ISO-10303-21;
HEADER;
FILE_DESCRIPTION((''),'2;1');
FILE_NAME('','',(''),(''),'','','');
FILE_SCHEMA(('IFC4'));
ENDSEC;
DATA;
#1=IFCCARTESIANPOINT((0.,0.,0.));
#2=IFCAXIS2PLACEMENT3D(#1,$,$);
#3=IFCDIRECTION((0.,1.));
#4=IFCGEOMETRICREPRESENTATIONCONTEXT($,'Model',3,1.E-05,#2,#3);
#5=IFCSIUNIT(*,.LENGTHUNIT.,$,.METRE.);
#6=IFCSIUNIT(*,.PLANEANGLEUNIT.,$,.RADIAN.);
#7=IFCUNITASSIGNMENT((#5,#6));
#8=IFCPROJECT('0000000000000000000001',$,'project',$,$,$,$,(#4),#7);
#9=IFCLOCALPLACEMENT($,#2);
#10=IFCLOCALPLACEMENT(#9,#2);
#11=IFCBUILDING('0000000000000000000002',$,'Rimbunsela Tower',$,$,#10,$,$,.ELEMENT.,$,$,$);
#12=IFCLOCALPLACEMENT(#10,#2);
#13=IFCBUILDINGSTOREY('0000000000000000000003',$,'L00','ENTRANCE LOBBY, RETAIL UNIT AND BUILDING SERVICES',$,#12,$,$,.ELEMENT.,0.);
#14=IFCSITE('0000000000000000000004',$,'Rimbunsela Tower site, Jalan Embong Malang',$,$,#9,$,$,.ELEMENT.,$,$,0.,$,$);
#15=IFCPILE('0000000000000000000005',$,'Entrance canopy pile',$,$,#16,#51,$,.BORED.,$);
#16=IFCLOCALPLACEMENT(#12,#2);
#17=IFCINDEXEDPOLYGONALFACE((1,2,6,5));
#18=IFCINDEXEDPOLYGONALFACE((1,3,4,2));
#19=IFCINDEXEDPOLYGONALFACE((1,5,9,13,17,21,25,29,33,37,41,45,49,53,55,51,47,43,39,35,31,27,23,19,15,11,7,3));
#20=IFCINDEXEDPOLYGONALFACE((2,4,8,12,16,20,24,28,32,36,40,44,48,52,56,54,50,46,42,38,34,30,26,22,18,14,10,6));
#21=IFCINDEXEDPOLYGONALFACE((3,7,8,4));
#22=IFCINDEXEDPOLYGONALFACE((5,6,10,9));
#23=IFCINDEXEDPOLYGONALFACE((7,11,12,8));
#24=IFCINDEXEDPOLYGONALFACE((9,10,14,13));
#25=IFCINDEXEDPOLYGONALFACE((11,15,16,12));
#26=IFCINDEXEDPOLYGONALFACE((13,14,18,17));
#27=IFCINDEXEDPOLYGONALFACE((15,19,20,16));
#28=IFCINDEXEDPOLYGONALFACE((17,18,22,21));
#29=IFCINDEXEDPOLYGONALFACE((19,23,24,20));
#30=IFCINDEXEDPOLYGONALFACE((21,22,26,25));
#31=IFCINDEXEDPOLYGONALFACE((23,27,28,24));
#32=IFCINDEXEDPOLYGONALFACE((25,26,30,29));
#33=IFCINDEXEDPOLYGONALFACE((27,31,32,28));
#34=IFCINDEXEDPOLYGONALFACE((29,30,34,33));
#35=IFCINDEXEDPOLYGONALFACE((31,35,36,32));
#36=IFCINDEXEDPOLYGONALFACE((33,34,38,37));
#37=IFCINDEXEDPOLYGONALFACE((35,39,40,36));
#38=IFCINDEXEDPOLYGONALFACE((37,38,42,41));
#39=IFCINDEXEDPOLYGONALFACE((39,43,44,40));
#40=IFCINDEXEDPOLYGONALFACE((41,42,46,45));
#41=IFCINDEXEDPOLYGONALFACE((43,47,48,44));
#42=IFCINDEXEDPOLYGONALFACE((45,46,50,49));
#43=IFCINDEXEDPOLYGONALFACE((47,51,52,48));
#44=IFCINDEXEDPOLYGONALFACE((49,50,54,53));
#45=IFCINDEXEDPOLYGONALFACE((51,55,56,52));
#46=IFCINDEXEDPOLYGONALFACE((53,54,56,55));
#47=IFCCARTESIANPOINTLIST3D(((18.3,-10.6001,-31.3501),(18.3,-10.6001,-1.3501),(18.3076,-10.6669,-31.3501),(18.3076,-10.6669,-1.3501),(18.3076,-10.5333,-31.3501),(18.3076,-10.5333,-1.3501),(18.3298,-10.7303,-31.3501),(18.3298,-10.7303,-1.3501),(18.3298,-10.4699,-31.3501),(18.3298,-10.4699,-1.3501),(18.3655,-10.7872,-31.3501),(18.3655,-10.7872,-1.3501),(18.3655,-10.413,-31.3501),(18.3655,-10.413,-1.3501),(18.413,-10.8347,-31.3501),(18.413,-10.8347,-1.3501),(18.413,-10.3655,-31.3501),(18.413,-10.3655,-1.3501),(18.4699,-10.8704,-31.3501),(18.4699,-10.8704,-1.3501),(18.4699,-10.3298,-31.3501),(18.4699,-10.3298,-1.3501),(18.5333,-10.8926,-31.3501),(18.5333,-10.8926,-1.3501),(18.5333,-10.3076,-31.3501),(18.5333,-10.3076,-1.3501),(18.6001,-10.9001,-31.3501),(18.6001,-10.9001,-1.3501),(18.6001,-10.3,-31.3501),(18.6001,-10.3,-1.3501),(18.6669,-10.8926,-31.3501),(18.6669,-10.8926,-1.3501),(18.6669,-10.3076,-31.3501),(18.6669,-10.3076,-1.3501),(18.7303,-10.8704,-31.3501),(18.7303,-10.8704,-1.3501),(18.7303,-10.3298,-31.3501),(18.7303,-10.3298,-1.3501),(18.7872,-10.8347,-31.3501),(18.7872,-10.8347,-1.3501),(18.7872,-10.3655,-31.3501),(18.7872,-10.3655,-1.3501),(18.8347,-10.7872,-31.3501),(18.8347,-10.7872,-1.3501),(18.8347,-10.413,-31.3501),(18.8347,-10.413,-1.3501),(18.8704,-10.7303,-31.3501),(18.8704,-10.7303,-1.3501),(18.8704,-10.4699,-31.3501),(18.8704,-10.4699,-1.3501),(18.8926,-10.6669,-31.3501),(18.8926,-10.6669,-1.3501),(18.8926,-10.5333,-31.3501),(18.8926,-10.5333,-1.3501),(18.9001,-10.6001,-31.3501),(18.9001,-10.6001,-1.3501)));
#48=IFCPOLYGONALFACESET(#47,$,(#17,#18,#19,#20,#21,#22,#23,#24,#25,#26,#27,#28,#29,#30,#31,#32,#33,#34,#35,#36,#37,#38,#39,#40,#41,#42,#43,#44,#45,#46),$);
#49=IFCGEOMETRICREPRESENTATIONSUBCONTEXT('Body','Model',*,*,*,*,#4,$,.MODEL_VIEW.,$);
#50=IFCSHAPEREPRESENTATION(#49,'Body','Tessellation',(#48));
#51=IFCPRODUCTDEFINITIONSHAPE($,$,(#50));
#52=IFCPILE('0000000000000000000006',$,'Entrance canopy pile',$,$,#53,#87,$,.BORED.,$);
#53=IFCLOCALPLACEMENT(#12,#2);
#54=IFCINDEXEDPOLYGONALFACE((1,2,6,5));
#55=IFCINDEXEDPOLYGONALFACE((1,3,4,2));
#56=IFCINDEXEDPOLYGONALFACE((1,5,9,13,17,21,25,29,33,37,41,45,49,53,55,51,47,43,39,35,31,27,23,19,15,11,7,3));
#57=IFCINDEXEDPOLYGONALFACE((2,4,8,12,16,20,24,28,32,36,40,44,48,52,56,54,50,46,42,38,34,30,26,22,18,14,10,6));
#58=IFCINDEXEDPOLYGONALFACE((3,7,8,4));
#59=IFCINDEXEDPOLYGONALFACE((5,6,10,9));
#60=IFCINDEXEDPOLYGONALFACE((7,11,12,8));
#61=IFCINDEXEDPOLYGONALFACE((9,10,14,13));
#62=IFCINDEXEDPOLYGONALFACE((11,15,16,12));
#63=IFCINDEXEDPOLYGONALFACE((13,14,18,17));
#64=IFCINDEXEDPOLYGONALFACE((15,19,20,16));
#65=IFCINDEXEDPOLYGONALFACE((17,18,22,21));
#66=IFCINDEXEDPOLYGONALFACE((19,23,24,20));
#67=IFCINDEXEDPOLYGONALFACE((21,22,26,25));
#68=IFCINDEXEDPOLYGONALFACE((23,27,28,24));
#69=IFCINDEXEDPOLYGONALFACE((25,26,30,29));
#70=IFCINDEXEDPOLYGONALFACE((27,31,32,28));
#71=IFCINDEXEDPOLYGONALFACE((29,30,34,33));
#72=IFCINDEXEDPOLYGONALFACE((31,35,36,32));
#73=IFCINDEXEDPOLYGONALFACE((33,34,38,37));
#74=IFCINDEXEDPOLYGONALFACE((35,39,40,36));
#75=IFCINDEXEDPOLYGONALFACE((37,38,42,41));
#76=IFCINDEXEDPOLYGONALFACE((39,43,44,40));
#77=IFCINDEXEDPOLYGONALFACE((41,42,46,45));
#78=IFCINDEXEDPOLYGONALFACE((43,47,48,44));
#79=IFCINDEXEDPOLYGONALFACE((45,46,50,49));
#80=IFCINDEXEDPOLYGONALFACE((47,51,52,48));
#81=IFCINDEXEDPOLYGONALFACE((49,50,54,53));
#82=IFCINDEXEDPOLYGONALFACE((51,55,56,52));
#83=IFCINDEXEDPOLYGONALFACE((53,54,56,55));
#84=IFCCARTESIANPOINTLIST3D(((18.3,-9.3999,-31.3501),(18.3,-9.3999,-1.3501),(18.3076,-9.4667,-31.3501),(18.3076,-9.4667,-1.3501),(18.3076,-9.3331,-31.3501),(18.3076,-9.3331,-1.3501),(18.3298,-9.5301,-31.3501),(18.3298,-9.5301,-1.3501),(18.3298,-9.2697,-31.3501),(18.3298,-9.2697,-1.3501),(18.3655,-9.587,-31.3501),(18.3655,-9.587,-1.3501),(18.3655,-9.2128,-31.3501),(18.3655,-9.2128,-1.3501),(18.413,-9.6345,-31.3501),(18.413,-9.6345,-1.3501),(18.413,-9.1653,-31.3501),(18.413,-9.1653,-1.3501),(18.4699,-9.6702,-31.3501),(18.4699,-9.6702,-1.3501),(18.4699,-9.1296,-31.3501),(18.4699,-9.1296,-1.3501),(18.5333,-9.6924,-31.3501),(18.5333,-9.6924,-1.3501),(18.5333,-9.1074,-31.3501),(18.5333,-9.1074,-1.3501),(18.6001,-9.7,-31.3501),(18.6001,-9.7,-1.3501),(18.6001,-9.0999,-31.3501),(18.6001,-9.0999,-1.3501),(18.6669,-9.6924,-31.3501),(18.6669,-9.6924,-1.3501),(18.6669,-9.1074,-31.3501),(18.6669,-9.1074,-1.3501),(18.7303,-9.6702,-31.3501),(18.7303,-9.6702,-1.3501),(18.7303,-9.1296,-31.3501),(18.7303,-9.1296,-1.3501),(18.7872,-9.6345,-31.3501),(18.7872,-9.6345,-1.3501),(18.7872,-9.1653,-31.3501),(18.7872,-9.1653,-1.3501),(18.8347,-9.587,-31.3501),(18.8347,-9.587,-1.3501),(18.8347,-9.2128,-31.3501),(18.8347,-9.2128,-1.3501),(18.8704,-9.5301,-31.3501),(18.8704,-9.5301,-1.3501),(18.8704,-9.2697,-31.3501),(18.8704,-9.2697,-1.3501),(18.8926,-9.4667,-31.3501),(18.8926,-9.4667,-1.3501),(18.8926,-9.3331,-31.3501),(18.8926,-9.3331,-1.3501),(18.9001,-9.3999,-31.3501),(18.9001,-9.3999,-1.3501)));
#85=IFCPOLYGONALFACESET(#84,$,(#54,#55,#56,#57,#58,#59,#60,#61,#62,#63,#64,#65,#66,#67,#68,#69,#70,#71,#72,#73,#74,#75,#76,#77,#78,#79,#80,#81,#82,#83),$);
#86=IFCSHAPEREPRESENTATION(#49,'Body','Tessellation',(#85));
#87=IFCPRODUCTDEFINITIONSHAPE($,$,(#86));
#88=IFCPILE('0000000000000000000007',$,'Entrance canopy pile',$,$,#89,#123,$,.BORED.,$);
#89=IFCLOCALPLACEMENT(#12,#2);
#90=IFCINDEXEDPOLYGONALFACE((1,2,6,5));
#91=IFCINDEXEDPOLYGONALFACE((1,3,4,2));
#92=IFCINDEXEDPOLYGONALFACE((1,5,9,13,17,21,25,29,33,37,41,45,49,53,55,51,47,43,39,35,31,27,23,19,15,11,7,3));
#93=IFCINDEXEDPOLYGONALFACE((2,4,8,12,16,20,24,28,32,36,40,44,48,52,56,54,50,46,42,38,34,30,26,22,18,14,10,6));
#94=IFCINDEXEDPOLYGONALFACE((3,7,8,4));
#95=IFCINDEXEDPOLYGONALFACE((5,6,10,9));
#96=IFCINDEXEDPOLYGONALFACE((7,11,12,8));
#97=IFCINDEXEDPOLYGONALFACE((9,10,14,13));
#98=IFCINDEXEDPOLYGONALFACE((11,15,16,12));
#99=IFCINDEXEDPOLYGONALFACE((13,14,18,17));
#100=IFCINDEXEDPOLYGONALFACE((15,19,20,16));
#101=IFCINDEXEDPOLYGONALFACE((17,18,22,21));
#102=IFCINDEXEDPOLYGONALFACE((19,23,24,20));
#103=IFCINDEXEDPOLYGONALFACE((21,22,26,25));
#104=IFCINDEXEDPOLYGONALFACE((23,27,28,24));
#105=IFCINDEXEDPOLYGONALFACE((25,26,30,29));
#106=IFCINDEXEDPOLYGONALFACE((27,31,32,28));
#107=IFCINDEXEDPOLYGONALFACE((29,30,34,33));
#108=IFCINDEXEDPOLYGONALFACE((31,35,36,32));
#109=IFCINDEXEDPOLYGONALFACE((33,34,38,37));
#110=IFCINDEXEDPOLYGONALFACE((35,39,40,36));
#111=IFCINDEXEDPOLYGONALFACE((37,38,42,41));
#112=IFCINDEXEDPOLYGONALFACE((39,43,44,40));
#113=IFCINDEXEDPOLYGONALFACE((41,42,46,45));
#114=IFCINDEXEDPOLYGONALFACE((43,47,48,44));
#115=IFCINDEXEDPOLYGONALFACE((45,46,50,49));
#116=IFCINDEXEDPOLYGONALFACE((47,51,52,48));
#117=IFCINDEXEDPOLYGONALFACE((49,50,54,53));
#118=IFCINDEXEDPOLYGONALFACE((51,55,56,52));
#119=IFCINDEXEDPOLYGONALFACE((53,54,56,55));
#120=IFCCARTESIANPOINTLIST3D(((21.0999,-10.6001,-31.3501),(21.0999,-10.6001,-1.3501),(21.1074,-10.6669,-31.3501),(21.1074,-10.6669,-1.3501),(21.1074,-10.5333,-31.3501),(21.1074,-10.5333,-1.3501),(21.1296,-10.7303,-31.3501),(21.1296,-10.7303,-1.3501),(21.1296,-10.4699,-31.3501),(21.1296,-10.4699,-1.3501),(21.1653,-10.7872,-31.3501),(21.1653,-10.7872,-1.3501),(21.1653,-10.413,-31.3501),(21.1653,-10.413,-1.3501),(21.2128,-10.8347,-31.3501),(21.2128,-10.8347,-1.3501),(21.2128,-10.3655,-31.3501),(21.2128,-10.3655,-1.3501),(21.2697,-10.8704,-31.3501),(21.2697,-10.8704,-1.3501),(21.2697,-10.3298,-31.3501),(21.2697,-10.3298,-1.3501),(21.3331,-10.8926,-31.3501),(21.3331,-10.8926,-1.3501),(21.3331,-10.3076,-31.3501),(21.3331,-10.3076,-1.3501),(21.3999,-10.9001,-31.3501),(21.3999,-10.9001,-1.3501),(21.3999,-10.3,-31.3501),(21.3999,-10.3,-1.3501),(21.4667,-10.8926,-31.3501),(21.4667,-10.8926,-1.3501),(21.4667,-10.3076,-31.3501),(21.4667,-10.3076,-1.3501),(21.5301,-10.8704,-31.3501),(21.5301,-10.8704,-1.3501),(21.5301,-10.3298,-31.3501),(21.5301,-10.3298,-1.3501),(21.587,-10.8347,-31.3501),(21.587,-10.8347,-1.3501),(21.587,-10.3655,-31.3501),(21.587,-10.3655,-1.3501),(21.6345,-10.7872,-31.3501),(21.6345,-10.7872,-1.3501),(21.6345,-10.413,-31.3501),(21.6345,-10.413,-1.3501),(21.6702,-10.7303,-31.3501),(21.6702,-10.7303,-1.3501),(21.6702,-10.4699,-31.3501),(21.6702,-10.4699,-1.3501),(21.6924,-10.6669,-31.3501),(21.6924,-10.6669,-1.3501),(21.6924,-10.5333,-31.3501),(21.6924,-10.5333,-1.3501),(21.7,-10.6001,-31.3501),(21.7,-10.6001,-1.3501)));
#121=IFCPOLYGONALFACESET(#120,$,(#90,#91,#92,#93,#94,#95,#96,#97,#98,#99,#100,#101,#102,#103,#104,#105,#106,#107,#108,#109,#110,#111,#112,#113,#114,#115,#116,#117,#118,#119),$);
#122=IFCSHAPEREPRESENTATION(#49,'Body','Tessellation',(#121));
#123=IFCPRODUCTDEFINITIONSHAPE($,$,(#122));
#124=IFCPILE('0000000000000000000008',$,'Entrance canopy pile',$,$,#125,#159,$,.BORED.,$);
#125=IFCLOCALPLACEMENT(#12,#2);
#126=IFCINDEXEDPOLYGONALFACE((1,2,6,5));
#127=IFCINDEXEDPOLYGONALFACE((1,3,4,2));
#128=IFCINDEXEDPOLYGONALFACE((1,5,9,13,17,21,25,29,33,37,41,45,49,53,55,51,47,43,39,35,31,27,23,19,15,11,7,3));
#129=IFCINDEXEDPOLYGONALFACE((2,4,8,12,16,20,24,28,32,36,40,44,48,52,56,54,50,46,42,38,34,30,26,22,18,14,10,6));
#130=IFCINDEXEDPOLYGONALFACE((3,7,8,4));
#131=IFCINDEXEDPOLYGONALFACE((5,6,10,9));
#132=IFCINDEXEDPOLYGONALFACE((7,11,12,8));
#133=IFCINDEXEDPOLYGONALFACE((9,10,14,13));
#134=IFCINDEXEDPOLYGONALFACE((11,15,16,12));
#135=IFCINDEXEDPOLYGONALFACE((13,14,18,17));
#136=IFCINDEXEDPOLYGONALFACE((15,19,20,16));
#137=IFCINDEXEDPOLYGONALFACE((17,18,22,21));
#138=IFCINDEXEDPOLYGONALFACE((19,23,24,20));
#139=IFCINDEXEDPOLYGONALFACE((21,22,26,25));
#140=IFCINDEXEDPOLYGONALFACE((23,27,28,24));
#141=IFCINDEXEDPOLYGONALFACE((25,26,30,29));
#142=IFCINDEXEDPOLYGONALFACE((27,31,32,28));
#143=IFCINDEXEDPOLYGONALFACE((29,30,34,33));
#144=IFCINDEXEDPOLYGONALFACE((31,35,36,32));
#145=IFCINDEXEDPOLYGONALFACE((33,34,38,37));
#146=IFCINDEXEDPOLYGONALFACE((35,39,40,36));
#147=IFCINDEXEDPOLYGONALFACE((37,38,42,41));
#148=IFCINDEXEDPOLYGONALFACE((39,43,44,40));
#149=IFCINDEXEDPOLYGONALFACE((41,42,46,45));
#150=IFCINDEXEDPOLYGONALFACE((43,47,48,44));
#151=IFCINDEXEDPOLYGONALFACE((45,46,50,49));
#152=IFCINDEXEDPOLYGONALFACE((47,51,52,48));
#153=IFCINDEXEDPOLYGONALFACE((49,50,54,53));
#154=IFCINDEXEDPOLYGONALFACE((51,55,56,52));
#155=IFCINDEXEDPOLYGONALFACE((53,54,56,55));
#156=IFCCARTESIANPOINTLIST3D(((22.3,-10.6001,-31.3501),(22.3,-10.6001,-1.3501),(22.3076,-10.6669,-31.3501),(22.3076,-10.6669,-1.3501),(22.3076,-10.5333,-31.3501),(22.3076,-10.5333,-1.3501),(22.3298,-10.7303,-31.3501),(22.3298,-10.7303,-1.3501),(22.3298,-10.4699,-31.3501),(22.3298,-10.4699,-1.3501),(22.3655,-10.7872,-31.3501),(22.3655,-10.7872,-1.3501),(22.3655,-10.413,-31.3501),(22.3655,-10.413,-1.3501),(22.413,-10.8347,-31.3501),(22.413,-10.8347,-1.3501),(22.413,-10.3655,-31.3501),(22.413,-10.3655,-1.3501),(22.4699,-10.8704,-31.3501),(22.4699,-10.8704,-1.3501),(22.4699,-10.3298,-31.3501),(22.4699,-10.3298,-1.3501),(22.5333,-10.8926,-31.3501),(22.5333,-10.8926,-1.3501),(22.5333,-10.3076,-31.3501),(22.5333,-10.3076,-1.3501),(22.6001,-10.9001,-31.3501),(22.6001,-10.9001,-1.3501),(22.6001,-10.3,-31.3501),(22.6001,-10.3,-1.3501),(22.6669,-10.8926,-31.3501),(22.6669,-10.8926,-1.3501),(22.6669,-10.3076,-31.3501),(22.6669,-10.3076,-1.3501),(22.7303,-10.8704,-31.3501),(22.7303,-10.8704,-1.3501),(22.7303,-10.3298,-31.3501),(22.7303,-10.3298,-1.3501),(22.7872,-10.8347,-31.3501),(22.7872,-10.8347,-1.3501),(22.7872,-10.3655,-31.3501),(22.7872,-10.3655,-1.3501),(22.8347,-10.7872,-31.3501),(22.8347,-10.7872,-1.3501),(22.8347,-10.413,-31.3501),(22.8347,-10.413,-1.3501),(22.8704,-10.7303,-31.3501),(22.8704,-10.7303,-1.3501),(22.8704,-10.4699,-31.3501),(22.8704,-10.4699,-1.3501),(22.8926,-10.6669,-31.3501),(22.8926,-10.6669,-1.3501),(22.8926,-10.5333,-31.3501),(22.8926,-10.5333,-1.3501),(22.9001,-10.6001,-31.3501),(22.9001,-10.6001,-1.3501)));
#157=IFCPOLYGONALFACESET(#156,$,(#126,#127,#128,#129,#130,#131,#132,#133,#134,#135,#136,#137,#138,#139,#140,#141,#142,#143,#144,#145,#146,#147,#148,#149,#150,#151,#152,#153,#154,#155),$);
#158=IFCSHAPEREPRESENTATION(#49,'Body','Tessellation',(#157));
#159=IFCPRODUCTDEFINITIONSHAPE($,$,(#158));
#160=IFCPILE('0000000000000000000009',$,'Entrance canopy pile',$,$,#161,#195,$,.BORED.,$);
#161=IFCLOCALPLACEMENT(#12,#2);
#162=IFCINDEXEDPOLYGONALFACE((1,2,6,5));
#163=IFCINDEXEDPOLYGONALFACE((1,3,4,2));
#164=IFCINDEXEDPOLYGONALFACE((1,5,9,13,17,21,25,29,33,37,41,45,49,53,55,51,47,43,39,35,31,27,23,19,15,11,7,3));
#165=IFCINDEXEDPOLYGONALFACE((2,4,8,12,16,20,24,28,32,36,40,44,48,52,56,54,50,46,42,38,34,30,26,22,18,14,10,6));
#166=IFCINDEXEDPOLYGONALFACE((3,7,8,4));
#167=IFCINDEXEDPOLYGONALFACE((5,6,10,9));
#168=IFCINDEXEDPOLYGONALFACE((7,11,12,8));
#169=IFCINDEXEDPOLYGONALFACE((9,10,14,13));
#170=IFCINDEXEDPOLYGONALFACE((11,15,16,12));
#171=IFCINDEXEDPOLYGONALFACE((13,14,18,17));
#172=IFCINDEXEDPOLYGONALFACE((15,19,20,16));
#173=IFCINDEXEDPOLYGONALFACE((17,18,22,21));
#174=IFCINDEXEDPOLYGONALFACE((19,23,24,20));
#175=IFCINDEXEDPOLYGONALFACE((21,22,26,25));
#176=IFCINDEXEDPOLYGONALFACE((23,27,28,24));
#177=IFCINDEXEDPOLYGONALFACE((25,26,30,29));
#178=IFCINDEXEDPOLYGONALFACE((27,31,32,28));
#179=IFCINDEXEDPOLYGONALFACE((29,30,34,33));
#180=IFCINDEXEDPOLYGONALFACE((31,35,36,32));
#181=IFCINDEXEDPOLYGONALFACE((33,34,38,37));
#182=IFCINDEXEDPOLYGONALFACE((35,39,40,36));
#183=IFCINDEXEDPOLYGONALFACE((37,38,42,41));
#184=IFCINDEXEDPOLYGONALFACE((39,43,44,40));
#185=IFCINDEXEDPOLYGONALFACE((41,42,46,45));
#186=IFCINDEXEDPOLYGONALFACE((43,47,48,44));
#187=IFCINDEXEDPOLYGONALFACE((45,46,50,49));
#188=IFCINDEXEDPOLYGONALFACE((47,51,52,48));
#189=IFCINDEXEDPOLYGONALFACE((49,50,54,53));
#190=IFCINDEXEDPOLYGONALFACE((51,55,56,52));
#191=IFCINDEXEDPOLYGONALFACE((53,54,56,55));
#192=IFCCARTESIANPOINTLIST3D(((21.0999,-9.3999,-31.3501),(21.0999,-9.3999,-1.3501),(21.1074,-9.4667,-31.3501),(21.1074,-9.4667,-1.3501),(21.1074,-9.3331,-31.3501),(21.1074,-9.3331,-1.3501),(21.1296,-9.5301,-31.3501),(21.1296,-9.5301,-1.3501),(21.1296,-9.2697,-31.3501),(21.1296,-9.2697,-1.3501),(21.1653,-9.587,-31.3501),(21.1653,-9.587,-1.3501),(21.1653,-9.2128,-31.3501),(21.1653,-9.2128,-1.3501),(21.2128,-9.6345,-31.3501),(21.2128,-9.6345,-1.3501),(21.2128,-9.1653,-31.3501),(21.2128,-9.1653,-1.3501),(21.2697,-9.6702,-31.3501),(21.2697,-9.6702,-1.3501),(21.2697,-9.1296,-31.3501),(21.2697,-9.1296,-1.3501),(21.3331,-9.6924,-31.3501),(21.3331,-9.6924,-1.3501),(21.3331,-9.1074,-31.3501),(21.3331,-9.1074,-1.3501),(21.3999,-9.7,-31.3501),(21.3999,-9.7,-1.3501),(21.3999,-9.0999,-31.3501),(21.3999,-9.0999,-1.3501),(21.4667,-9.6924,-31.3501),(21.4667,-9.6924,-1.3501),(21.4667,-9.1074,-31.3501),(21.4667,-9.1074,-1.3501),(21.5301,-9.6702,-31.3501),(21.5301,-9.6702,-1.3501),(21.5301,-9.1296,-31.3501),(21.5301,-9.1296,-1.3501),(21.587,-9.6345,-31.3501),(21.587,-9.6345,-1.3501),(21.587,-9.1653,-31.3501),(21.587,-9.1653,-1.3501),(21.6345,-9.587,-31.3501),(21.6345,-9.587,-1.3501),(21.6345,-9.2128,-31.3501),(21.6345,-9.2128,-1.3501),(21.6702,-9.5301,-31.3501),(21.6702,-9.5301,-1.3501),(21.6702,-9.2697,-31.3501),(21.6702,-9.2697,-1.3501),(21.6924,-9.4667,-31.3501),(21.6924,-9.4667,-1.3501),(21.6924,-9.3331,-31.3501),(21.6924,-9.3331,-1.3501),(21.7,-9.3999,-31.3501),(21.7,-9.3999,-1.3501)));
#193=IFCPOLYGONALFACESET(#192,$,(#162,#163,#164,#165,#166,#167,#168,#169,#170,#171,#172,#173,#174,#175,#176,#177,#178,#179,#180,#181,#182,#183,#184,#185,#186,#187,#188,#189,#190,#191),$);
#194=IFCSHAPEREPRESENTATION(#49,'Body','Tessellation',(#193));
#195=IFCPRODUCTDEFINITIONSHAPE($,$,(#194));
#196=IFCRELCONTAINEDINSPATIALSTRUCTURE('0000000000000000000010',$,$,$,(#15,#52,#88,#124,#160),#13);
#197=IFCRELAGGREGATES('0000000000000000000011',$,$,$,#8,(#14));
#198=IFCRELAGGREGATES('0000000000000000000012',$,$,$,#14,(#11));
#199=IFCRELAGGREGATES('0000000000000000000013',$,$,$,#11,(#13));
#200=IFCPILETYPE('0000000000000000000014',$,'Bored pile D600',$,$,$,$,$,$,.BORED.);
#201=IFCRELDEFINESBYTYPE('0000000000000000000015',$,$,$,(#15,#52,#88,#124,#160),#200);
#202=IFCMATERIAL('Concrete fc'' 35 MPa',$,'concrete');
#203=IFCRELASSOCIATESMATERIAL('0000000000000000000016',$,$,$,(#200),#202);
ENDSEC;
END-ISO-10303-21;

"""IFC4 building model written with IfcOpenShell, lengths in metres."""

from ifc_helpers import new_model, si_unit, direction, frame, origin, origin_2d, place, context, subcontext, project, spatial, circle, extrude, material, material_profile, profile_set, type_object, element, save


model = new_model("IFC4")

# Units and contexts
model_context = context("Model", 3, precision=1e-05, world=origin(), true_north=direction((0.0, 1.0)))
body_context = subcontext(model_context, "Body", "Model", "MODEL_VIEW")
ifc_project = project(units=[si_unit("LENGTHUNIT", "METRE"), si_unit("PLANEANGLEUNIT", "RADIAN")], contexts=[model_context])

# Site, building, storey
site_placement = place(None, origin())
site = spatial("IfcSite", under=ifc_project, at=site_placement, Name="Rimbunsela Tower site, Jalan Embong Malang", CompositionType="ELEMENT", RefElevation=0.0)
building_placement = place(site_placement, origin())
building = spatial("IfcBuilding", under=site, at=building_placement, Name="Rimbunsela Tower", CompositionType="ELEMENT")
storey_placement = place(building_placement, origin())
storey = spatial("IfcBuildingStorey", under=building, at=storey_placement, Name="L00", Description="ENTRANCE LOBBY, RETAIL UNIT AND BUILDING SERVICES", CompositionType="ELEMENT", Elevation=0.0)

# Piles
ifc_material_1 = material(Name="Concrete fc' 35 MPa", Category="concrete")
ifc_material_profile_1 = material_profile(ifc_material_1, circle(Radius=0.3, at=origin_2d()), Name="BP D600")
ifc_profile_set_1 = profile_set([ifc_material_profile_1], Name="Concrete fc' 35 MPa")
pile_type = type_object("IfcPileType", Name="Bored pile D600", PredefinedType="BORED", material=ifc_profile_set_1)
for number, where, z_axis, x_axis, name in (
    (1, (18.6001, -10.6001, -1.3501), (0.0, 0.0, -1.0), (1.0, 0.0, 0.0), "Entrance canopy pile"),
    (2, (18.6001, -9.3999, -1.3501), (0.0, 0.0, -1.0), (1.0, 0.0, 0.0), "Entrance canopy pile"),
    (3, (21.3999, -10.6001, -1.3501), (0.0, 0.0, -1.0), (1.0, 0.0, 0.0), "Entrance canopy pile"),
    (4, (22.6001, -10.6001, -1.3501), (0.0, 0.0, -1.0), (1.0, 0.0, 0.0), "Entrance canopy pile"),
    (5, (21.3999, -9.3999, -1.3501), (0.0, 0.0, -1.0), (1.0, 0.0, 0.0), "Entrance canopy pile"),
):
    element("IfcPile", number, at=place(storey_placement, frame(where, z_axis=z_axis, x_axis=x_axis)), inside=storey, type_object=pile_type, Name=name, PredefinedType="BORED", context=body_context, shape_type="SweptSolid", body=[
        extrude(circle(Radius=0.3, at=origin_2d()), origin(), (0.0, 0.0, 1.0), 30.0),
    ])

save(model, "model.ifc")
